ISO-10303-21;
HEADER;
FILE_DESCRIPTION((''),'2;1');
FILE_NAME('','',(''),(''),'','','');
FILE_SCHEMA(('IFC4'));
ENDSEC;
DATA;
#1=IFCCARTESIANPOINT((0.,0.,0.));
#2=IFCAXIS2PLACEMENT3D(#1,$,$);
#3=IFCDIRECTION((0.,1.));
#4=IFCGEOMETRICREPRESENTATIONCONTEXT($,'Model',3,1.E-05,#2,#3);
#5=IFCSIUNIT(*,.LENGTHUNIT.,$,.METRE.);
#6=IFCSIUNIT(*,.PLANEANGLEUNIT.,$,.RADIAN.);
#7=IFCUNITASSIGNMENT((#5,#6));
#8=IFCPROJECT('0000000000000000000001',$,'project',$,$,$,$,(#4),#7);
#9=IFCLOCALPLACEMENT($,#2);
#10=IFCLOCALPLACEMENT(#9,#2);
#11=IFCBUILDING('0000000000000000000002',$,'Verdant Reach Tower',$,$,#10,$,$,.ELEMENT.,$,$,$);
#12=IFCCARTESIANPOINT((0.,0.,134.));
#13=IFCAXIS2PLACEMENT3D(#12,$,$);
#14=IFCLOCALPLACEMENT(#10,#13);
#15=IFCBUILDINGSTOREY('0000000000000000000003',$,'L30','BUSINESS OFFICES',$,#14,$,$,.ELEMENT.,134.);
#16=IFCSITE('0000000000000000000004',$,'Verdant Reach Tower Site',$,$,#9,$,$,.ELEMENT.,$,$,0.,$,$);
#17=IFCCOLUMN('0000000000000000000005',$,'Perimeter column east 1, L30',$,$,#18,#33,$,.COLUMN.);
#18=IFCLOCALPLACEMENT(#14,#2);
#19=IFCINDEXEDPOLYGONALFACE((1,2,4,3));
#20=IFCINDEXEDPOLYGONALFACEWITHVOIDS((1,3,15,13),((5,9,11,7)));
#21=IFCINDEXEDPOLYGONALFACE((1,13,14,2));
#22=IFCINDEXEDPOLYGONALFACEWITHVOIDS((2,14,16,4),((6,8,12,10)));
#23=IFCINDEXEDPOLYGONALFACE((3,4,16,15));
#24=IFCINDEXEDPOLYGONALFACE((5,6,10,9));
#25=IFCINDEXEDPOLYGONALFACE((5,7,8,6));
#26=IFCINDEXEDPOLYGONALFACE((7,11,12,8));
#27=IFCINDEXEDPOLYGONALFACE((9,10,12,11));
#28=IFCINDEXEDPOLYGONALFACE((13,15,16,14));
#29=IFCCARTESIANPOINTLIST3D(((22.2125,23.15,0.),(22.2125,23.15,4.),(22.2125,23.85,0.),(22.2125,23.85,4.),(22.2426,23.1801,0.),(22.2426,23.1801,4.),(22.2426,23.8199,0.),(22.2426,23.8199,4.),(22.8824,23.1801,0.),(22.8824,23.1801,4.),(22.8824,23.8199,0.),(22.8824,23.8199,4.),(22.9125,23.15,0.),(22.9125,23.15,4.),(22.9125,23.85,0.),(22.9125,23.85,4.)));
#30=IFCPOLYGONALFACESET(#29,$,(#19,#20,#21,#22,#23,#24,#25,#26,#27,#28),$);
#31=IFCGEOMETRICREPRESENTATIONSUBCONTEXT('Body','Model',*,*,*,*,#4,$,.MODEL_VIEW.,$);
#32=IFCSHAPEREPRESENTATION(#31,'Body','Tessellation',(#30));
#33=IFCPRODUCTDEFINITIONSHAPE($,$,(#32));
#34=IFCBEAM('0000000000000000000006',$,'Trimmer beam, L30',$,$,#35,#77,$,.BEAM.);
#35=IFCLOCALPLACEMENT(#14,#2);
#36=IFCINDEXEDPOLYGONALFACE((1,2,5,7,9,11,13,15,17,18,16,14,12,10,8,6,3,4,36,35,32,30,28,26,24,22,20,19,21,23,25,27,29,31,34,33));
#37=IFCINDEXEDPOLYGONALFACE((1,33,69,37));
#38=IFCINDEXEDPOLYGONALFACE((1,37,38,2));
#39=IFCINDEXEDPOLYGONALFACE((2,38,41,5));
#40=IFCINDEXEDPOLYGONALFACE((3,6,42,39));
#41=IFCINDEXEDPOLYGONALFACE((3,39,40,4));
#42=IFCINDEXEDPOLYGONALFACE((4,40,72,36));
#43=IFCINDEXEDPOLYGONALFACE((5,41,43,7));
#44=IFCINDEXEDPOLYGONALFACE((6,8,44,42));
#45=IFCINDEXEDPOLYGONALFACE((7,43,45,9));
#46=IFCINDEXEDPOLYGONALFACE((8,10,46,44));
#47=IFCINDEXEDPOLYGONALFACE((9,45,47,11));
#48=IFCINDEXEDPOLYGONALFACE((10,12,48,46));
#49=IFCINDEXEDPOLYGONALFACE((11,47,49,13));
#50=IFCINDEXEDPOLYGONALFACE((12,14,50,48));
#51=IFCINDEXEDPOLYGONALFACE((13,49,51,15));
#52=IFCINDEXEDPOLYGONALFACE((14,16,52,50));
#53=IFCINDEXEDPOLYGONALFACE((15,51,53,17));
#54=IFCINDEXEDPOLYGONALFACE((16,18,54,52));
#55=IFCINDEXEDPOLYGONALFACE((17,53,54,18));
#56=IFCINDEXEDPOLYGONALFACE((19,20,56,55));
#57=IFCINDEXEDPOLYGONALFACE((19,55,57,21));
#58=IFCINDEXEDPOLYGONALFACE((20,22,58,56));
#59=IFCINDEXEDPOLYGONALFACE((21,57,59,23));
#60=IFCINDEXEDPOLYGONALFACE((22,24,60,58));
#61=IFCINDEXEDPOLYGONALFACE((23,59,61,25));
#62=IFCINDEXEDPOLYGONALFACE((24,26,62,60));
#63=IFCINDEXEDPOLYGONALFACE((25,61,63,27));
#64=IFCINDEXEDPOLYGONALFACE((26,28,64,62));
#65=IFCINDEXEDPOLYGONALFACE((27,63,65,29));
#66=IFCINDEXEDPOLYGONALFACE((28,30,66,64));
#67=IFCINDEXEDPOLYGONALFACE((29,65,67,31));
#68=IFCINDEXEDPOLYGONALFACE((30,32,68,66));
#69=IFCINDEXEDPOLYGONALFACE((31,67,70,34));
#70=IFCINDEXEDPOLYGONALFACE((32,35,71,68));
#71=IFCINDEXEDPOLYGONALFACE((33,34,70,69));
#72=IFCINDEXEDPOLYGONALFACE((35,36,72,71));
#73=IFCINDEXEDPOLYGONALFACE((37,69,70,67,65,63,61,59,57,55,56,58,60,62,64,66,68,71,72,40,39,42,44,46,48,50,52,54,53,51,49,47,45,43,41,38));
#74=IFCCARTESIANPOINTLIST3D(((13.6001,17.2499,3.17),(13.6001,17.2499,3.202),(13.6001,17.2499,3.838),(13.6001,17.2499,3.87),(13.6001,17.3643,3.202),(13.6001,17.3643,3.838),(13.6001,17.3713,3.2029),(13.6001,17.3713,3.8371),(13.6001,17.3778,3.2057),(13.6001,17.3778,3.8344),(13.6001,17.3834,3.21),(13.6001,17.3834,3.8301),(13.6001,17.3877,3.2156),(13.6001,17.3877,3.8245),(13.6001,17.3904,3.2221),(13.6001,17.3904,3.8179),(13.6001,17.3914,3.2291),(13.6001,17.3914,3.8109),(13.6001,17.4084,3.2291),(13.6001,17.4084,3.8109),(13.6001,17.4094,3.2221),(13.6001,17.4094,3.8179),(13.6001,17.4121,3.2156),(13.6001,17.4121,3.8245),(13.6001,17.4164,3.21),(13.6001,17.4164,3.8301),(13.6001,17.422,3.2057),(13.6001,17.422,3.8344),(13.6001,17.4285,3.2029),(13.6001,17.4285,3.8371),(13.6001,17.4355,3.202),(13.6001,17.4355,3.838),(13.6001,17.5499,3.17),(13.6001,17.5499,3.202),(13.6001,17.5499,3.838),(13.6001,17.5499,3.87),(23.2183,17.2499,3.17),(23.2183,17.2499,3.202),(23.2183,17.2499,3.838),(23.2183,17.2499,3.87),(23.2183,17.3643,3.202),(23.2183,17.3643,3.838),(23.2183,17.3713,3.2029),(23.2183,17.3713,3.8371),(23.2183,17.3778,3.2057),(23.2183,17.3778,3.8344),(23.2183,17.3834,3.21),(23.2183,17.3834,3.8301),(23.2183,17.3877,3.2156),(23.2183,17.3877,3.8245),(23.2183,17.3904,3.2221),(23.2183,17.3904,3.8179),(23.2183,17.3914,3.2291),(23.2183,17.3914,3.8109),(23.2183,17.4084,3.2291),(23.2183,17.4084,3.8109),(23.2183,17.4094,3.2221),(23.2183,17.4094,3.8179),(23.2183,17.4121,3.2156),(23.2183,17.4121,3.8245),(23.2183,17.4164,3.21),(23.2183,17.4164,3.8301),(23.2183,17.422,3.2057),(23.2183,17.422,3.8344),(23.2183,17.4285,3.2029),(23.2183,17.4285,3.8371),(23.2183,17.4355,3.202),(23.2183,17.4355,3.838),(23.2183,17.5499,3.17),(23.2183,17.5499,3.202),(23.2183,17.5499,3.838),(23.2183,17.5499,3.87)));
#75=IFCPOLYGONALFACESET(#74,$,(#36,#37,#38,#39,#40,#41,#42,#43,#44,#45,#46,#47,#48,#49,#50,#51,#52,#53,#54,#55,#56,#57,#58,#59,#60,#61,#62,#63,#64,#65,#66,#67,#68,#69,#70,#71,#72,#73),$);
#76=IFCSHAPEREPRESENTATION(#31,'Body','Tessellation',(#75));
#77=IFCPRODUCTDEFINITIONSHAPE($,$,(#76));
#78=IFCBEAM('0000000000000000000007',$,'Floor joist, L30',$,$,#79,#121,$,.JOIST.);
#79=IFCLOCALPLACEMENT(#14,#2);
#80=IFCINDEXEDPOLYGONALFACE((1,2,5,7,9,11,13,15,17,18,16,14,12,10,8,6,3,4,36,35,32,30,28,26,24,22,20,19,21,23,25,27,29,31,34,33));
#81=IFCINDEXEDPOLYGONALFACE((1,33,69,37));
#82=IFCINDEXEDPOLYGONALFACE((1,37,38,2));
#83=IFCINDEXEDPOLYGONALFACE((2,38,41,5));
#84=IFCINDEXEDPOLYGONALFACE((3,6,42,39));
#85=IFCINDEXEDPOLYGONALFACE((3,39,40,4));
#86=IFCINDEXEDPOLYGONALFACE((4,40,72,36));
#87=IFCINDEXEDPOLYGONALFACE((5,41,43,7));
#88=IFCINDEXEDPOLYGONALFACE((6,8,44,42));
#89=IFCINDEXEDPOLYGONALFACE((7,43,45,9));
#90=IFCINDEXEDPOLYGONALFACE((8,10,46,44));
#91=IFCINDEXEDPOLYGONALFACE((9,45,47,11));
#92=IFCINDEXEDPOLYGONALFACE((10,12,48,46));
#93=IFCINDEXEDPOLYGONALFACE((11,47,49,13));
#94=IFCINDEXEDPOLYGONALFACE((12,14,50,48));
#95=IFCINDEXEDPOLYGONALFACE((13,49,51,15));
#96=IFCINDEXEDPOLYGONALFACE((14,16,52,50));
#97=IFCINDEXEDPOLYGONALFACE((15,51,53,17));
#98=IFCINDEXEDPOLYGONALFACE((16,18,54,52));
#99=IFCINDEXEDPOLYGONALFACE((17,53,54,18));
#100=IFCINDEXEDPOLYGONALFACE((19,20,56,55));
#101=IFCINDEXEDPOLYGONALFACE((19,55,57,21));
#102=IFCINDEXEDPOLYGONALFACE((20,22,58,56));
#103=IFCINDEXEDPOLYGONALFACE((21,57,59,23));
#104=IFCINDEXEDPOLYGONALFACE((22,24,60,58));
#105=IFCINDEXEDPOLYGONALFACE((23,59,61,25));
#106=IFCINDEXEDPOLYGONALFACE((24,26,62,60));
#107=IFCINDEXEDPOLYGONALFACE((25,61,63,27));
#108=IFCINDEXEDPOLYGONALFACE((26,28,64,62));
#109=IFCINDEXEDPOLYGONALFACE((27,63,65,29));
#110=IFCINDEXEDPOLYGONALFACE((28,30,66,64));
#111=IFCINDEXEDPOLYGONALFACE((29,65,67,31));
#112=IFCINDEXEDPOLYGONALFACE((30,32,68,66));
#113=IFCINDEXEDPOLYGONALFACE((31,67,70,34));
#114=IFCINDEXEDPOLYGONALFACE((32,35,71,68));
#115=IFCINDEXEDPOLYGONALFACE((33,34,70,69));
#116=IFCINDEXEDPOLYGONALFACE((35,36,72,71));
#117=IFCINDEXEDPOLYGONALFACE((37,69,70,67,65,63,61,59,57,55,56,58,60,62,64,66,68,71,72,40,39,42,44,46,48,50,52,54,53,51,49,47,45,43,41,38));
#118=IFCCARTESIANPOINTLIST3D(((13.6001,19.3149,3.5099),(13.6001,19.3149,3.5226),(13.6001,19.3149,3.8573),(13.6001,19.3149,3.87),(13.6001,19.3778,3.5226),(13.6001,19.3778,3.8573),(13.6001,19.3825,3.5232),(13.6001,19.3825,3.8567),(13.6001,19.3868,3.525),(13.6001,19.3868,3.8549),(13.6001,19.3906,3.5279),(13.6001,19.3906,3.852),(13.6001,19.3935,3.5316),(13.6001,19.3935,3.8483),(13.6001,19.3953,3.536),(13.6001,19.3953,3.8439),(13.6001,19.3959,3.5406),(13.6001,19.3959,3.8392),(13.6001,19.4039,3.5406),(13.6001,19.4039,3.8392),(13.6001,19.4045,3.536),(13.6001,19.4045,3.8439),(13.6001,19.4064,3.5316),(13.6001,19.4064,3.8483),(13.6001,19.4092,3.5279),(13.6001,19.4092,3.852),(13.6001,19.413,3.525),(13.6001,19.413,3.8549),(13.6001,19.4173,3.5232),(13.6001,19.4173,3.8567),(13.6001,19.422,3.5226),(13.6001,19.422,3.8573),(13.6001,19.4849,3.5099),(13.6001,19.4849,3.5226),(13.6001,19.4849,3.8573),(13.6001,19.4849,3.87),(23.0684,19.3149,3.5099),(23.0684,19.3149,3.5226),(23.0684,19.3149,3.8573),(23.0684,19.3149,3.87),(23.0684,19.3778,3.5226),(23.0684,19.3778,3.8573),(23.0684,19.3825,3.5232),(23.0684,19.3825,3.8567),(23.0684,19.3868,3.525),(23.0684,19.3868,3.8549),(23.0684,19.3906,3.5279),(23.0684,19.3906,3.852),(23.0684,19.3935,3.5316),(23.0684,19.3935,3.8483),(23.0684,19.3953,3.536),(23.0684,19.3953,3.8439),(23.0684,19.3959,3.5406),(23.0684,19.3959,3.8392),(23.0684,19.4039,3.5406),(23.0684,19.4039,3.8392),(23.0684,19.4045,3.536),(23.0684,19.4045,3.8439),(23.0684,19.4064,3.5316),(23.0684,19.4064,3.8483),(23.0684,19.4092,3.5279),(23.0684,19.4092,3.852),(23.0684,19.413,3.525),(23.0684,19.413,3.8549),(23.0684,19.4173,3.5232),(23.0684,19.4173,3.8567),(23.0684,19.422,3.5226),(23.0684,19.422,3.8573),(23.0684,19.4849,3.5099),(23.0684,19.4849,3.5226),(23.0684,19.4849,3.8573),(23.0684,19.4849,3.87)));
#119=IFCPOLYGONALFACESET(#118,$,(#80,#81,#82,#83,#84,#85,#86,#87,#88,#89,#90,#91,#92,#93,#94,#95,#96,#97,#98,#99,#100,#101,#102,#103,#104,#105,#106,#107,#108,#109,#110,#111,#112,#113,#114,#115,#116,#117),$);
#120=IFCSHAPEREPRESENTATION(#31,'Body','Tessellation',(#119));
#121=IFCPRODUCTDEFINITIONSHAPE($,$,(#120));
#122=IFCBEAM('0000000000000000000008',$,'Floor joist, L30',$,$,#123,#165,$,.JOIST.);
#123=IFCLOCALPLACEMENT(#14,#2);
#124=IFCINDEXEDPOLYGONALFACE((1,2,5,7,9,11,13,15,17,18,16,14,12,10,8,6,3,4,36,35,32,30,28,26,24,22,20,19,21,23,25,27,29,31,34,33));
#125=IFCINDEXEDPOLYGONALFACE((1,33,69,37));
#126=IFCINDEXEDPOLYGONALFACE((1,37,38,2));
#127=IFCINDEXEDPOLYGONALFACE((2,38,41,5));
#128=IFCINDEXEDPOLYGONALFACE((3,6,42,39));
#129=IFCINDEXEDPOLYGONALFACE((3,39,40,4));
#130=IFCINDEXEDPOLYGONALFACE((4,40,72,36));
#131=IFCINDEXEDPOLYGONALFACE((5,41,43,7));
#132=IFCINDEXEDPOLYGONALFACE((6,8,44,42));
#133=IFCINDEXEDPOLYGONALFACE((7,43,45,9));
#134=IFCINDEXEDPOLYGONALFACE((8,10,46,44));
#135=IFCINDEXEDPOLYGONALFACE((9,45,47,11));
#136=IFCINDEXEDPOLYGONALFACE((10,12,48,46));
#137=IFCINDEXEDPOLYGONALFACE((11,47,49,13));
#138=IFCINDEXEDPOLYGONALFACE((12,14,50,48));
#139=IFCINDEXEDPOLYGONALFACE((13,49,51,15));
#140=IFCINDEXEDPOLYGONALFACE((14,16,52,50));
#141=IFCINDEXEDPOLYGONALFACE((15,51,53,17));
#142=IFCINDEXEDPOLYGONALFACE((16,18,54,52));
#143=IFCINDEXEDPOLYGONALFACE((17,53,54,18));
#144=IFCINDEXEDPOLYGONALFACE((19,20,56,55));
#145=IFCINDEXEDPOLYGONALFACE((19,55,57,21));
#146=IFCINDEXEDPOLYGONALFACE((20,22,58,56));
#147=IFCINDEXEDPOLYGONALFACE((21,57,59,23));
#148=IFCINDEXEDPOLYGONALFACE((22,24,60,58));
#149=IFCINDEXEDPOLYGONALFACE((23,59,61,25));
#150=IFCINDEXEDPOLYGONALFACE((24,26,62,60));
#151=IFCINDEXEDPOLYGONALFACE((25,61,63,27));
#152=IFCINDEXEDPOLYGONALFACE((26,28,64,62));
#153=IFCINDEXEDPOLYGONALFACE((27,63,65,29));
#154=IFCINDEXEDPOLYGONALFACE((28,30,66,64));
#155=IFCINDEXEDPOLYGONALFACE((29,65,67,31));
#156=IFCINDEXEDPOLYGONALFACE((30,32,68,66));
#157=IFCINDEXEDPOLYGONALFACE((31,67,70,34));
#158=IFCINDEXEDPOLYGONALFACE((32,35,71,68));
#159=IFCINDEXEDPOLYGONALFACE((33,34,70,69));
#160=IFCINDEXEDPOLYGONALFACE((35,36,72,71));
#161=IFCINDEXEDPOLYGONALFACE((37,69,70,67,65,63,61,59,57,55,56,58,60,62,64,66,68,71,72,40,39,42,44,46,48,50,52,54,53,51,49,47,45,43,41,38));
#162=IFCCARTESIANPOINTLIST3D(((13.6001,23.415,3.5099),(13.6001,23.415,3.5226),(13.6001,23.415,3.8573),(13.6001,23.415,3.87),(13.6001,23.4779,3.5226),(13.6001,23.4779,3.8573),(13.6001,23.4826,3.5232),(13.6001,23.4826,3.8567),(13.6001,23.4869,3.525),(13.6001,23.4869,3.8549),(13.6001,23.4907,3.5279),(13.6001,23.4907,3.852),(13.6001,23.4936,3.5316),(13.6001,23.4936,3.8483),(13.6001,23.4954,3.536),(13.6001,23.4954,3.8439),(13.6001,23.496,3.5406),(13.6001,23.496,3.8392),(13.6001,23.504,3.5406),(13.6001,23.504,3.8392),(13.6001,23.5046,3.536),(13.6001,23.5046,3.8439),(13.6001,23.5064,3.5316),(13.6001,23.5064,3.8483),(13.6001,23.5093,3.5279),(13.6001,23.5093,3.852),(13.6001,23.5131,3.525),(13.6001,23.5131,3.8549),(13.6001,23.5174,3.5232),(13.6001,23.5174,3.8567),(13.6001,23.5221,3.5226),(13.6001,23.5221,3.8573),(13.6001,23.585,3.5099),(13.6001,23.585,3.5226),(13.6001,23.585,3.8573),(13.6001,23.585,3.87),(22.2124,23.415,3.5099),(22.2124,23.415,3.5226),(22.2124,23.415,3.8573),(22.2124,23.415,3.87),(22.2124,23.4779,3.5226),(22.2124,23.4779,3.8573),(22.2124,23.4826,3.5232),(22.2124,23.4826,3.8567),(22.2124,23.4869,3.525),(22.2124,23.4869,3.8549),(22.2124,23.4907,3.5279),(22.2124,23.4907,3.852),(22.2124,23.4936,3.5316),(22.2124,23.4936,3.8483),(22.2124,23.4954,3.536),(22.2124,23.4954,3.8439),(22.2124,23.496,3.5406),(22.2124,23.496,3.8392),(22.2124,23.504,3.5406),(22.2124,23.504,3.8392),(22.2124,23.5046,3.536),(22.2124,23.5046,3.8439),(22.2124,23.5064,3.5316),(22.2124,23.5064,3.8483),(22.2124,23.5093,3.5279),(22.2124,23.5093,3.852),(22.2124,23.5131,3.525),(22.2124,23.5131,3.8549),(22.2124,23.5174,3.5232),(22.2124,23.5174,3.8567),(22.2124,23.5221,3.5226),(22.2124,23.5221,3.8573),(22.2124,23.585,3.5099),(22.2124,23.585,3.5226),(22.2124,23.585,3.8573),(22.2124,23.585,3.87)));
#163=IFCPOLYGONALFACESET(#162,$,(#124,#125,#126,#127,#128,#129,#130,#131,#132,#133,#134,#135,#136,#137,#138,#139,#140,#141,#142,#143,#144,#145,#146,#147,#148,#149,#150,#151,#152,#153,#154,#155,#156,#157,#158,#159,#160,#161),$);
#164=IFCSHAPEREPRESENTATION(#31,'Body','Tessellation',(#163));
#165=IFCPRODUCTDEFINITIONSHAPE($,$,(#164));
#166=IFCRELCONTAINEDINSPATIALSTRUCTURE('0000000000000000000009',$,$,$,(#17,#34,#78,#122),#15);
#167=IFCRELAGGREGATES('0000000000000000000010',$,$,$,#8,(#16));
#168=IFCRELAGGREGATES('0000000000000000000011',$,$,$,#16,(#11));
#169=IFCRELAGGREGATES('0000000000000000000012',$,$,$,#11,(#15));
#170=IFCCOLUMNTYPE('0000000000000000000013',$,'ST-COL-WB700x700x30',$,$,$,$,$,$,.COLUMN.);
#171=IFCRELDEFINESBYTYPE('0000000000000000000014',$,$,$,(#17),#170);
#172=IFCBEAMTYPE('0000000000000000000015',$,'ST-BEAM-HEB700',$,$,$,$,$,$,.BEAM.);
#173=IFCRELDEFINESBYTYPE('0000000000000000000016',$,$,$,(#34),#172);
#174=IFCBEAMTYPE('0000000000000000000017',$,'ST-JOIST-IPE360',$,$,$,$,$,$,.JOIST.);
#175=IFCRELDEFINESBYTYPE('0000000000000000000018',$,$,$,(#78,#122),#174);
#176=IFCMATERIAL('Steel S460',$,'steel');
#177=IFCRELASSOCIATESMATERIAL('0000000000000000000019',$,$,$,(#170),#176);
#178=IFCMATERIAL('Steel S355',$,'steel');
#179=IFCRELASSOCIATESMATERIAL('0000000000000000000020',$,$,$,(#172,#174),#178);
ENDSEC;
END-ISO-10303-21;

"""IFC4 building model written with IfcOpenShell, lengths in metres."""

from ifc_helpers import new_model, si_unit, direction, frame, origin, origin_2d, place, context, subcontext, project, spatial, hollow_rectangle, i_section, extrude, material, material_profile, profile_set, type_object, element, save


model = new_model("IFC4")

# Units and contexts
model_context = context("Model", 3, precision=1e-05, world=origin(), true_north=direction((0.0, 1.0)))
body_context = subcontext(model_context, "Body", "Model", "MODEL_VIEW")
ifc_project = project(units=[si_unit("LENGTHUNIT", "METRE"), si_unit("PLANEANGLEUNIT", "RADIAN")], contexts=[model_context])

# Site, building, storey
site_placement = place(None, origin())
site = spatial("IfcSite", under=ifc_project, at=site_placement, Name="Verdant Reach Tower Site", CompositionType="ELEMENT", RefElevation=0.0)
building_placement = place(site_placement, origin())
building = spatial("IfcBuilding", under=site, at=building_placement, Name="Verdant Reach Tower", CompositionType="ELEMENT")
storey_placement = place(building_placement, frame((0.0, 0.0, 134.0)))
storey = spatial("IfcBuildingStorey", under=building, at=storey_placement, Name="L30", Description="BUSINESS OFFICES", CompositionType="ELEMENT", Elevation=134.0)

# Column
ifc_material_1 = material(Name="Steel S460", Category="steel")
ifc_material_profile_1 = material_profile(ifc_material_1, hollow_rectangle(XDim=0.7, YDim=0.7, WallThickness=0.03, at=origin_2d()), Name="WB 700x700x30")
ifc_profile_set_1 = profile_set([ifc_material_profile_1], Name="Steel S460")
column_type = type_object("IfcColumnType", Name="ST-COL-WB700x700x30", PredefinedType="COLUMN", material=ifc_profile_set_1)
column_placement = place(storey_placement, frame((22.5625, 23.5, 0.0), z_axis=(0.0, 0.0, 1.0), x_axis=(1.0, 0.0, 0.0)))
element("IfcColumn", 1, at=column_placement, inside=storey, type_object=column_type, Name="Perimeter column east 1, L30", PredefinedType="COLUMN", context=body_context, shape_type="SweptSolid", body=[
    extrude(hollow_rectangle(XDim=0.7, YDim=0.7, WallThickness=0.03, at=origin_2d()), origin(), (0.0, 0.0, 1.0), 4.0),
])

# Beams
ifc_material_2 = material(Name="Steel S355", Category="steel")
ifc_material_profile_2 = material_profile(ifc_material_2, i_section(OverallWidth=0.3, OverallDepth=0.7, WebThickness=0.0171, FlangeThickness=0.032, FilletRadius=0.0271, at=origin_2d()), Name="HEB 700")
ifc_profile_set_2 = profile_set([ifc_material_profile_2], Name="Steel S355")
beam_type_1 = type_object("IfcBeamType", Name="ST-BEAM-HEB700", PredefinedType="BEAM", material=ifc_profile_set_2)
beam_1_placement = place(storey_placement, frame((13.6001, 17.3999, 3.52), z_axis=(1.0, 0.0, 0.0), x_axis=(0.0, 1.0, 0.0)))
element("IfcBeam", 2, at=beam_1_placement, inside=storey, type_object=beam_type_1, Name="Trimmer beam, L30", PredefinedType="BEAM", context=body_context, shape_type="SweptSolid", body=[
    extrude(i_section(OverallWidth=0.3, OverallDepth=0.7, WebThickness=0.0171, FlangeThickness=0.032, FilletRadius=0.0271, at=origin_2d()), origin(), (0.0, 0.0, 1.0), 9.6182),
])
ifc_material_profile_3 = material_profile(ifc_material_2, i_section(OverallWidth=0.1699, OverallDepth=0.3601, WebThickness=0.0081, FlangeThickness=0.0127, FilletRadius=0.0181, at=origin_2d()), Name="IPE 360")
ifc_profile_set_3 = profile_set([ifc_material_profile_3], Name="Steel S355")
beam_type_2 = type_object("IfcBeamType", Name="ST-JOIST-IPE360", PredefinedType="JOIST", material=ifc_profile_set_3)
beam_2_placement = place(storey_placement, frame((13.6001, 19.3999, 3.6899), z_axis=(1.0, 0.0, 0.0), x_axis=(0.0, 1.0, 0.0)))
element("IfcBeam", 3, at=beam_2_placement, inside=storey, type_object=beam_type_2, Name="Floor joist, L30", PredefinedType="JOIST", context=body_context, shape_type="SweptSolid", body=[
    extrude(i_section(OverallWidth=0.1699, OverallDepth=0.3601, WebThickness=0.0081, FlangeThickness=0.0127, FilletRadius=0.0181, at=origin_2d()), origin(), (0.0, 0.0, 1.0), 9.4683),
])
beam_3_placement = place(storey_placement, frame((13.6001, 23.5, 3.6899), z_axis=(1.0, 0.0, 0.0), x_axis=(0.0, 1.0, 0.0)))
element("IfcBeam", 4, at=beam_3_placement, inside=storey, type_object=beam_type_2, Name="Floor joist, L30", PredefinedType="JOIST", context=body_context, shape_type="SweptSolid", body=[
    extrude(i_section(OverallWidth=0.1699, OverallDepth=0.3601, WebThickness=0.0081, FlangeThickness=0.0127, FilletRadius=0.0181, at=origin_2d()), origin(), (0.0, 0.0, 1.0), 8.6123),
])

save(model, "model.ifc")
